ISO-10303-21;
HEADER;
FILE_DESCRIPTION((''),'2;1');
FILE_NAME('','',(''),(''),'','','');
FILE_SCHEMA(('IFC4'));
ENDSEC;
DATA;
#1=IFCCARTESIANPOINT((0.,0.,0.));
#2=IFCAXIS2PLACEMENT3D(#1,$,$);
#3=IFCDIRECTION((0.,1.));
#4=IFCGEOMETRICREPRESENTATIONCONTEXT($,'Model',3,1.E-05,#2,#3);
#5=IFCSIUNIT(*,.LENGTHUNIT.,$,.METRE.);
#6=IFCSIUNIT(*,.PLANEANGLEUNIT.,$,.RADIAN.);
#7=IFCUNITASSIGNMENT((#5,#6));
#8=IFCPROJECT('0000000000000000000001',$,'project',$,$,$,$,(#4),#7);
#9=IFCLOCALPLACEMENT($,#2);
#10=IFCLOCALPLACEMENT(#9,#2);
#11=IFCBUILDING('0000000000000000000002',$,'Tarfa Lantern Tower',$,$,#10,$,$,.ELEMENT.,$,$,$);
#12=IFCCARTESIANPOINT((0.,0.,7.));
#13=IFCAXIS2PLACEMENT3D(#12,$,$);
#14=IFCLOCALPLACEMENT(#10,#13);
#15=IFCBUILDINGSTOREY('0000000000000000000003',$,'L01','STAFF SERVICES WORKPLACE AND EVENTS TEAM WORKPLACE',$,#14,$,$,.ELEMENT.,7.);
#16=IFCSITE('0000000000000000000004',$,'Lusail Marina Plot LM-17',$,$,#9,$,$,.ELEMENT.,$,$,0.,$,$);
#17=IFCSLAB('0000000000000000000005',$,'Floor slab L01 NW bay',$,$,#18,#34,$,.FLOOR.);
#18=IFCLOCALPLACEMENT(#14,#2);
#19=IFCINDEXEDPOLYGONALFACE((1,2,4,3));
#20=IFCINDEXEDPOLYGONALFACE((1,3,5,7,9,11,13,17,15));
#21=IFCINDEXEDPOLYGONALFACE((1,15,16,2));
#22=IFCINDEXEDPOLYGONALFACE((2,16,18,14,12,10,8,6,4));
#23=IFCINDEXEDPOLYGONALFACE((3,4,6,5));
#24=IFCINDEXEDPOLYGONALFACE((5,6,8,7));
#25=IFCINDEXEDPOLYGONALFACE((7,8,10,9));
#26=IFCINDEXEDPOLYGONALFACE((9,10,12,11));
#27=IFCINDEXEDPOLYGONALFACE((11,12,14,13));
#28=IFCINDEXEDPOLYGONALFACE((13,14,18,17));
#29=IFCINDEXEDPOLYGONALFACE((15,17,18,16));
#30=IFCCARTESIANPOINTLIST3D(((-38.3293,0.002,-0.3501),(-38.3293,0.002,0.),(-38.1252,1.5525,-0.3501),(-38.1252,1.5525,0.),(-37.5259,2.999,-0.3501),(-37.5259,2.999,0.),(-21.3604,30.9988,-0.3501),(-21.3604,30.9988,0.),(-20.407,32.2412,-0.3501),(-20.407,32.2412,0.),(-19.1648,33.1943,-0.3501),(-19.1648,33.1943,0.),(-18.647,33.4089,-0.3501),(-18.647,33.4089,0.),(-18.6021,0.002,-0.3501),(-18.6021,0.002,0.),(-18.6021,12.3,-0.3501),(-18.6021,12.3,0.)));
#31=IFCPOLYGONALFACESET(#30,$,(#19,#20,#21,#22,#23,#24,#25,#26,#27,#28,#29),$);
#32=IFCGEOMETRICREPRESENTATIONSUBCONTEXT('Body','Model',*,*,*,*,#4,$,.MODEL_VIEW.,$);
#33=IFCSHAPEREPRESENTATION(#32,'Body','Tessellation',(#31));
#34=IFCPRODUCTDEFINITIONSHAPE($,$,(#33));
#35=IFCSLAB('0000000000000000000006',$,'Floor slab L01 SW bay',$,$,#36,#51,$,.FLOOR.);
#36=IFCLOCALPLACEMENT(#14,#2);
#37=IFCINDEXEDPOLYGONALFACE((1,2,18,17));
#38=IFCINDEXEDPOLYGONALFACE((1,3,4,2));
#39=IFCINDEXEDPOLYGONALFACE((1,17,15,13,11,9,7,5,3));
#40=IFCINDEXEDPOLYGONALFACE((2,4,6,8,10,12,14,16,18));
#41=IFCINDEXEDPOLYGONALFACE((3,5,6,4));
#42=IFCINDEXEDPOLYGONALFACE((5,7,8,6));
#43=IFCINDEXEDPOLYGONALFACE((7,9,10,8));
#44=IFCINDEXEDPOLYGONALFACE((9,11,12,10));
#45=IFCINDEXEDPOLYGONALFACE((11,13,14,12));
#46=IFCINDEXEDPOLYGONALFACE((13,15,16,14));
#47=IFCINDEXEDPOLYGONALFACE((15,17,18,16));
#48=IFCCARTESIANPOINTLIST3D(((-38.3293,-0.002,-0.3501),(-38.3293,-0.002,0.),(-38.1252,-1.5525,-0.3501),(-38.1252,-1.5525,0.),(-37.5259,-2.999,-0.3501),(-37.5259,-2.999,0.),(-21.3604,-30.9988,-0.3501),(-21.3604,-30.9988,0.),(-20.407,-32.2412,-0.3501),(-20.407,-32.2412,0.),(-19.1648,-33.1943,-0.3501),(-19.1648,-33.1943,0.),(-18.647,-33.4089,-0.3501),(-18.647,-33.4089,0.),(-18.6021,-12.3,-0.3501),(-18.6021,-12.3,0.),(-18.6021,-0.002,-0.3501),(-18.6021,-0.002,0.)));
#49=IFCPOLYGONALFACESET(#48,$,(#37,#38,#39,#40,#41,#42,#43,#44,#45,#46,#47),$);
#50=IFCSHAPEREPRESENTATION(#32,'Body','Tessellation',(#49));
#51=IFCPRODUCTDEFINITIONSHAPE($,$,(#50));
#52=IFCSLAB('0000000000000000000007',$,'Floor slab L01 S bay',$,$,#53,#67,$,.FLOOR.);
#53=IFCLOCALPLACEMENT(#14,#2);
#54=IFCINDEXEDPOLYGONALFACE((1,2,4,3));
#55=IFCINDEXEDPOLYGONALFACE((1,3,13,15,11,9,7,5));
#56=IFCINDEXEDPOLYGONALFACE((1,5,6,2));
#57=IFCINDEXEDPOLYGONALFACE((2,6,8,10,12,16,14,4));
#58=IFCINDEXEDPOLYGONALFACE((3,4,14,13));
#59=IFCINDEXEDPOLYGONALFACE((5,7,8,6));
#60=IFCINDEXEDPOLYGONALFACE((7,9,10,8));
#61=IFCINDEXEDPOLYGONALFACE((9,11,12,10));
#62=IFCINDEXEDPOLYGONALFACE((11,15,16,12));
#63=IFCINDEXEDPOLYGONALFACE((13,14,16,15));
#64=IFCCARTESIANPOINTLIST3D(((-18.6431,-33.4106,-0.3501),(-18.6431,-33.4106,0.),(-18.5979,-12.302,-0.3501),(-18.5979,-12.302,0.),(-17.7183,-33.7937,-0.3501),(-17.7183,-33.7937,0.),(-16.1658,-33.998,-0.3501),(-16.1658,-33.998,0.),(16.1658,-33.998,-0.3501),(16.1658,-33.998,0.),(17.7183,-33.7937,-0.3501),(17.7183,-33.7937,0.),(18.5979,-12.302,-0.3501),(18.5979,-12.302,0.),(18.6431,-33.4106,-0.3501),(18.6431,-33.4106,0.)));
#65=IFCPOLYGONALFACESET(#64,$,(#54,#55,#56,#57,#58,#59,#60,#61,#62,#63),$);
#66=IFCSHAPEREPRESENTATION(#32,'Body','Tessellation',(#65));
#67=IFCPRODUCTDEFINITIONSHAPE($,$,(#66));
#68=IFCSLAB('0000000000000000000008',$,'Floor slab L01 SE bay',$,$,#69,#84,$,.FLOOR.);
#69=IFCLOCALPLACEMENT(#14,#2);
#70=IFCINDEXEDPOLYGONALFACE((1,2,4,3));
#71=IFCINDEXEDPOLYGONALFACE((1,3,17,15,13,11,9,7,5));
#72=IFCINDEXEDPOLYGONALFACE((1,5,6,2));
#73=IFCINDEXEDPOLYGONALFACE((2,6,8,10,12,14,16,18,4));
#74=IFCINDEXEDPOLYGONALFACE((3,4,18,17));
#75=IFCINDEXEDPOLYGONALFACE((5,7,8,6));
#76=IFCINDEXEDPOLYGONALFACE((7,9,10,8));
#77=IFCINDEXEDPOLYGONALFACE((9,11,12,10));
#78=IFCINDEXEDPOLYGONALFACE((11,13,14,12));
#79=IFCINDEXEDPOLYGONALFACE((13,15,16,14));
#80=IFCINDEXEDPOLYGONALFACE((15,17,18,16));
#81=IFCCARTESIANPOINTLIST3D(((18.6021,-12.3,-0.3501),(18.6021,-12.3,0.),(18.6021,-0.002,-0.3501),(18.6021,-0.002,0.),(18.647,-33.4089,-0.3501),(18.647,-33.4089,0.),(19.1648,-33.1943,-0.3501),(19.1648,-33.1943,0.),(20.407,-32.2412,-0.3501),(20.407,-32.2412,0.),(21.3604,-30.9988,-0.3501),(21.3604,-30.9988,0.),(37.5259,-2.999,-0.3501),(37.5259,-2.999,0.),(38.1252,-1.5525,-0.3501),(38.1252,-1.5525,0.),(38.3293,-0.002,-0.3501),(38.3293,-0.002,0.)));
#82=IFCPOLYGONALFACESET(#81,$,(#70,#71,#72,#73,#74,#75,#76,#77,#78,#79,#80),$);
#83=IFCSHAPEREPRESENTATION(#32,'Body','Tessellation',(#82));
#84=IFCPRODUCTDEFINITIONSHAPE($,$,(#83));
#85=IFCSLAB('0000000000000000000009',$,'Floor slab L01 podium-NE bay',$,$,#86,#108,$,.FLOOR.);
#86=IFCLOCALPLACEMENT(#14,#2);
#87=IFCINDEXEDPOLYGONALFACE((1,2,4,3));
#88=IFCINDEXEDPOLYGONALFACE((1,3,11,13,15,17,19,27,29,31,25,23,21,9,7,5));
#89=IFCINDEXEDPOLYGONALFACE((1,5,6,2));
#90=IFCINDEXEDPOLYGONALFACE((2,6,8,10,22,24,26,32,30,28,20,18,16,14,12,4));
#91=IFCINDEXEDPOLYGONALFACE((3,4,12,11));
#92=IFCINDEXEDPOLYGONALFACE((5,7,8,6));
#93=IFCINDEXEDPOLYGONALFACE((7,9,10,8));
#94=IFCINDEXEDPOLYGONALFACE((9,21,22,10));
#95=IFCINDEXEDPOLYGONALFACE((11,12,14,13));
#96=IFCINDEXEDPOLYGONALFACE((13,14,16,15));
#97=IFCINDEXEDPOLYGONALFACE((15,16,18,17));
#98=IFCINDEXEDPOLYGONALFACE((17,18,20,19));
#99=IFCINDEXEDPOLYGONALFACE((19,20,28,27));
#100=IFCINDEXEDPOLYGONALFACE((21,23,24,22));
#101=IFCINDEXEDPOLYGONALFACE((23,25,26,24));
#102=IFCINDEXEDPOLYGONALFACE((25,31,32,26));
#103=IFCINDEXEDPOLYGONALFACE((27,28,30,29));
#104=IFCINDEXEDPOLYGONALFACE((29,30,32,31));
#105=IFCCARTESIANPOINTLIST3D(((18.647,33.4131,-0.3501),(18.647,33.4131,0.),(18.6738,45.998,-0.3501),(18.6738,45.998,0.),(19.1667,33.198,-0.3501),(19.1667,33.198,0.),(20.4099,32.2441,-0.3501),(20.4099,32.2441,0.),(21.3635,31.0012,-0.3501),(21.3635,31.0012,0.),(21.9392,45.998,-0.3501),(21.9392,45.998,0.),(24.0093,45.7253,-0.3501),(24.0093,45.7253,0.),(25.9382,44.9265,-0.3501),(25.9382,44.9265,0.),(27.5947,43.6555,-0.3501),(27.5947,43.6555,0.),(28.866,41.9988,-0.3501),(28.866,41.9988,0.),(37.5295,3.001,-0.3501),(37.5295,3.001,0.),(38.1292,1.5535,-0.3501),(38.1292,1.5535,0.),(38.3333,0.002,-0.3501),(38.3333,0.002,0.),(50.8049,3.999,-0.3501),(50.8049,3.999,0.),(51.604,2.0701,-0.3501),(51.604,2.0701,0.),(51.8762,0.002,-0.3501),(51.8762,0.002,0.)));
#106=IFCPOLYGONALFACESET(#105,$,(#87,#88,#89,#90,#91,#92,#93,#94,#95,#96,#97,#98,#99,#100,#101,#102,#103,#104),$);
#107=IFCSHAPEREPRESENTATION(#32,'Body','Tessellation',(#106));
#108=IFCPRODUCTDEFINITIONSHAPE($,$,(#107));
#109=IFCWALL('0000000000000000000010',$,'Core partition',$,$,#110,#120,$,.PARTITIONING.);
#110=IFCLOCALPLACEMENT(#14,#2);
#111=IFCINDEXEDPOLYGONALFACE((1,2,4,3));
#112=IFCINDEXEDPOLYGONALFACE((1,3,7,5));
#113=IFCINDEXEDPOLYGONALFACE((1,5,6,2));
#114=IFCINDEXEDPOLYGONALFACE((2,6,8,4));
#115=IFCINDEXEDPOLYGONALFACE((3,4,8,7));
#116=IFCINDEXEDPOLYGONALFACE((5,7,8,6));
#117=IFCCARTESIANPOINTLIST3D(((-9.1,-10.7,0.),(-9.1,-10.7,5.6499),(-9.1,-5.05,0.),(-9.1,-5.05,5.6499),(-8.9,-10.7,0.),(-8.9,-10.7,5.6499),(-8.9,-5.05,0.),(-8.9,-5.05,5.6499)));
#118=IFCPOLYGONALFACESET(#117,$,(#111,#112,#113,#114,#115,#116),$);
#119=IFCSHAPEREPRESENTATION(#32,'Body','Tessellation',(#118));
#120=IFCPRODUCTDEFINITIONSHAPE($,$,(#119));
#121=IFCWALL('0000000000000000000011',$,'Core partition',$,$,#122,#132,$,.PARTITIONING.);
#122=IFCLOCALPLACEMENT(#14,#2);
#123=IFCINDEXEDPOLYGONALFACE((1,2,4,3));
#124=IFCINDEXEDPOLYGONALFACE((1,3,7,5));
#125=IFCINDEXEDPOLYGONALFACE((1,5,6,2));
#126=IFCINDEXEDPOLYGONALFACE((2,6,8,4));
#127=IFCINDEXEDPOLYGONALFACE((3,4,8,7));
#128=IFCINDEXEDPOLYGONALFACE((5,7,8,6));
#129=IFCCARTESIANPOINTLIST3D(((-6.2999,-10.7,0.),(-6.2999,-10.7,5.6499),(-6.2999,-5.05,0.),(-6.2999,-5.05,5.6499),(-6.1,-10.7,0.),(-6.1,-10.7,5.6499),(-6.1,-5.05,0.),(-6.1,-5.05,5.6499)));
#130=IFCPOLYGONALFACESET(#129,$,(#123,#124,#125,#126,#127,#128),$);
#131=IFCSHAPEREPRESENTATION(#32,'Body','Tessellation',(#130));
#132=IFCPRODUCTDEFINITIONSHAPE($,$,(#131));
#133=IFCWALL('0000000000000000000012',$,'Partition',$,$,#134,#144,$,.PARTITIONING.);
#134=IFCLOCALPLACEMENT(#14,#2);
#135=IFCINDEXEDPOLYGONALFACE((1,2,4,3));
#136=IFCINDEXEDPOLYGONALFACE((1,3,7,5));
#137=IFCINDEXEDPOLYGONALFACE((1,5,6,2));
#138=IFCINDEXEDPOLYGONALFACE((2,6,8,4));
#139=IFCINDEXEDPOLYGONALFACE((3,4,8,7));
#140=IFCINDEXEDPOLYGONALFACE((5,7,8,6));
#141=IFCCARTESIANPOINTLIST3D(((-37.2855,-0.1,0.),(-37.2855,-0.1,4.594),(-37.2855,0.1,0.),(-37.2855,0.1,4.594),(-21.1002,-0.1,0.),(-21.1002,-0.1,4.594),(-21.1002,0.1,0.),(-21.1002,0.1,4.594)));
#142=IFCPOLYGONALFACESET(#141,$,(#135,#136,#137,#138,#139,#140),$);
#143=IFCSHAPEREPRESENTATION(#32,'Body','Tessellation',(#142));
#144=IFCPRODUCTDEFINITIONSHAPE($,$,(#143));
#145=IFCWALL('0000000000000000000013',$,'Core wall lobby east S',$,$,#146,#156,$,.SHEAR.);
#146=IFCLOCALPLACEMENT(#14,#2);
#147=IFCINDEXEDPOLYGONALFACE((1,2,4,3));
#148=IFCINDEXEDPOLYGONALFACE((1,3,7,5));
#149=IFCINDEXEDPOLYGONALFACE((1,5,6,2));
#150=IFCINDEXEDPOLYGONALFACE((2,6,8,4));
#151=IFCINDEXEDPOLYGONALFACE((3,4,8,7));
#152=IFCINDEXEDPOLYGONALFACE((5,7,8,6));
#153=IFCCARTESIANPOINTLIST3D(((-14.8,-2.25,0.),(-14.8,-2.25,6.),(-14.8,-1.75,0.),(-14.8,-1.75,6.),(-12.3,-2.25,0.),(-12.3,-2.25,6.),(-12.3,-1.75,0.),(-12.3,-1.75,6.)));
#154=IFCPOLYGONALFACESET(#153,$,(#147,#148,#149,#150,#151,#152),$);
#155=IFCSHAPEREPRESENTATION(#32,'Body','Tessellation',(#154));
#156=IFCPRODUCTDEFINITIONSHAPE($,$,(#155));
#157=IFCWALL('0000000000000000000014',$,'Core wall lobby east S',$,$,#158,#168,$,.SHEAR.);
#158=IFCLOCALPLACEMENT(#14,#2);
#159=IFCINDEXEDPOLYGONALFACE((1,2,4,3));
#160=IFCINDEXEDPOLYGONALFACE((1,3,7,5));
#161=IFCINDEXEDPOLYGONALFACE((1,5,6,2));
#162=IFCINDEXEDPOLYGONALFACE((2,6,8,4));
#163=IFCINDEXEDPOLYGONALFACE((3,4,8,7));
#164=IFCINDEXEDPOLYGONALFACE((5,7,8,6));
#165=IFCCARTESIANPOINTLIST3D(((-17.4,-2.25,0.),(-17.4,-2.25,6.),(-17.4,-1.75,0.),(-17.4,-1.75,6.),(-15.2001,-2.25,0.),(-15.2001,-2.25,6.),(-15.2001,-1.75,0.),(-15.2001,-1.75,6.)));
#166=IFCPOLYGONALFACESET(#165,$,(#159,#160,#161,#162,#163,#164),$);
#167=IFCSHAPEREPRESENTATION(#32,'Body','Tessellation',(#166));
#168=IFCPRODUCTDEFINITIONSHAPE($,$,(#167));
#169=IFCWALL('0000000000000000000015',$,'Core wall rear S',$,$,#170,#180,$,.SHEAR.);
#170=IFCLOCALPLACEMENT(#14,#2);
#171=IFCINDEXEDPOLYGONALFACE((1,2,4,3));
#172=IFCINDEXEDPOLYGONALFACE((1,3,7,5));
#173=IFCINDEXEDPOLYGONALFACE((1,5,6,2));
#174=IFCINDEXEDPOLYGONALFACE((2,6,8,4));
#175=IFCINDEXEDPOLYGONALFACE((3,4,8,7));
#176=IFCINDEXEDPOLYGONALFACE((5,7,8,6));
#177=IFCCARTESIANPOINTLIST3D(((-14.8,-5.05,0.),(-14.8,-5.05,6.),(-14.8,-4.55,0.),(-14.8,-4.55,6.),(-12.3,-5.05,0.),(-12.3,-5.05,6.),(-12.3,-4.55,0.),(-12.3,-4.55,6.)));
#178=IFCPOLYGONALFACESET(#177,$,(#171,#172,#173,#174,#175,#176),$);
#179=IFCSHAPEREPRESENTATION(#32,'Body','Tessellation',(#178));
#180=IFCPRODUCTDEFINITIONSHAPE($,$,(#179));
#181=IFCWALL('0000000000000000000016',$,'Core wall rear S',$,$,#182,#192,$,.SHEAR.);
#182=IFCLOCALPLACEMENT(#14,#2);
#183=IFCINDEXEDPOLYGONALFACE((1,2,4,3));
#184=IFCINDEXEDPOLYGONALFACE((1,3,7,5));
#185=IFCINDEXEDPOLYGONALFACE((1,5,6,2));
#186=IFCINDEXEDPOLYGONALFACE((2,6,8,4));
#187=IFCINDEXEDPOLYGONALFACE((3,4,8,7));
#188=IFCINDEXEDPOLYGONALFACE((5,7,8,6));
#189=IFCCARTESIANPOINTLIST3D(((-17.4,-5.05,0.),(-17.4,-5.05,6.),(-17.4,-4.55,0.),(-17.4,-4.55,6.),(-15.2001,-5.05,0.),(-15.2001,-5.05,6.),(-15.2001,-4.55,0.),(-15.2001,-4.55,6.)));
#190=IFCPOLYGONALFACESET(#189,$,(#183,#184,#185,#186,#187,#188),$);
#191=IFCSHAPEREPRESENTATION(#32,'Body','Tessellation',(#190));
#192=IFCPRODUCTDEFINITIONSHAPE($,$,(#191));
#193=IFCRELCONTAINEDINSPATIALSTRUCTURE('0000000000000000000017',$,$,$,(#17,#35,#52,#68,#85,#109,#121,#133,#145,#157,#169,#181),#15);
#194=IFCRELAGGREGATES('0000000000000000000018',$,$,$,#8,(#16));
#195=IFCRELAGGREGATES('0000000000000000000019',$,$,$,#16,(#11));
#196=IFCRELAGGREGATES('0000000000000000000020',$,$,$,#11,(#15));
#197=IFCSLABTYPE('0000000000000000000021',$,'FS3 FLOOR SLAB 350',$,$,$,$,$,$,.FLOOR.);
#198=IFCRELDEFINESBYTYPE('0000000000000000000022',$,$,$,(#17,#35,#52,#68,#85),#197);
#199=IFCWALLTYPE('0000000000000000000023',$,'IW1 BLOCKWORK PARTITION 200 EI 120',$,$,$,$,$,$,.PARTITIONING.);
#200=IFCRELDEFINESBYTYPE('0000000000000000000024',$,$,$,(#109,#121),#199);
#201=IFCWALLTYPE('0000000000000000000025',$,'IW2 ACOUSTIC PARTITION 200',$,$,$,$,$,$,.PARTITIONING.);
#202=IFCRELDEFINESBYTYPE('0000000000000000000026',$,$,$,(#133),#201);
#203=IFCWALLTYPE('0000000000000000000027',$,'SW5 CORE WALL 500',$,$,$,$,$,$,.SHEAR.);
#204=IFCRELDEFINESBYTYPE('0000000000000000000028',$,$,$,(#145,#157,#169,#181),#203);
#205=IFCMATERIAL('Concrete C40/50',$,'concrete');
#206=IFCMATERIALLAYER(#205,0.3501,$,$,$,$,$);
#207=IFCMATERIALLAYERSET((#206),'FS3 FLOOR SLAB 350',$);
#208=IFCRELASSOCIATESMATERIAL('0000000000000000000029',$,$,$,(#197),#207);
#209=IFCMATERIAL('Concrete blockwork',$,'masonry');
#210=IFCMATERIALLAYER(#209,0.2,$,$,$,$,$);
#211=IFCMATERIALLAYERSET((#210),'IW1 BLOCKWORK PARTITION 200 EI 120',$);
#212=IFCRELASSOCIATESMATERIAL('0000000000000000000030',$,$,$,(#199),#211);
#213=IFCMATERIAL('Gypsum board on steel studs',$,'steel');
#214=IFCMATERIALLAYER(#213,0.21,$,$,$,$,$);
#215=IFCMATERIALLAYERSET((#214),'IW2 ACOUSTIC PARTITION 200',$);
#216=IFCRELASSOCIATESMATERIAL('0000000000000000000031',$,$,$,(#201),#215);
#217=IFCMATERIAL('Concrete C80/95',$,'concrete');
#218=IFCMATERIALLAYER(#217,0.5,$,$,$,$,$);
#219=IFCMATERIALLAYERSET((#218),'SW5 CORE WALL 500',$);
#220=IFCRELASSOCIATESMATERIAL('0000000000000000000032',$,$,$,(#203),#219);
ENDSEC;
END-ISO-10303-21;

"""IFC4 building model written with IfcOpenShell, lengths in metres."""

from ifc_helpers import new_model, si_unit, direction, frame, frame_2d, origin, place, context, subcontext, project, spatial, polyline, rectangle, outline, extrude, material, layer, layer_set, type_object, element, save


model = new_model("IFC4")

# Units and contexts
model_context = context("Model", 3, precision=1e-05, world=origin(), true_north=direction((0.0, 1.0)))
body_context = subcontext(model_context, "Body", "Model", "MODEL_VIEW")
ifc_project = project(units=[si_unit("LENGTHUNIT", "METRE"), si_unit("PLANEANGLEUNIT", "RADIAN")], contexts=[model_context])

# Site, building, storey
site_placement = place(None, origin())
site = spatial("IfcSite", under=ifc_project, at=site_placement, Name="Lusail Marina Plot LM-17", CompositionType="ELEMENT", RefElevation=0.0)
building_placement = place(site_placement, origin())
building = spatial("IfcBuilding", under=site, at=building_placement, Name="Tarfa Lantern Tower", CompositionType="ELEMENT")
storey_placement = place(building_placement, frame((0.0, 0.0, 7.0)))
storey = spatial("IfcBuildingStorey", under=building, at=storey_placement, Name="L01", Description="STAFF SERVICES WORKPLACE AND EVENTS TEAM WORKPLACE", CompositionType="ELEMENT", Elevation=7.0)

# Slabs
ifc_material_1 = material(Name="Concrete C40/50", Category="concrete")
ifc_layer_1 = layer(ifc_material_1, 0.3501)
ifc_layer_set_1 = layer_set([ifc_layer_1], Name="FS3 FLOOR SLAB 350")
slab_type = type_object("IfcSlabType", Name="FS3 FLOOR SLAB 350", PredefinedType="FLOOR", material=ifc_layer_set_1)
slab_1_placement = place(storey_placement, frame((0.0, 0.0, -0.3501)))
element("IfcSlab", 1, at=slab_1_placement, inside=storey, type_object=slab_type, Name="Floor slab L01 NW bay", PredefinedType="FLOOR", context=body_context, shape_type="SweptSolid", body=[
    extrude(outline(polyline([(-18.6021, 0.002), (-18.6021, 12.3), (-18.647, 33.4089), (-19.1648, 33.1943), (-20.407, 32.2412), (-21.3604, 30.9988), (-37.5259, 2.999), (-38.1252, 1.5525), (-38.3293, 0.002), (-18.6021, 0.002)])), origin(), (0.0, 0.0, 1.0), 0.3501),
])
slab_2_placement = place(storey_placement, frame((0.0, 0.0, -0.3501)))
element("IfcSlab", 2, at=slab_2_placement, inside=storey, type_object=slab_type, Name="Floor slab L01 SW bay", PredefinedType="FLOOR", context=body_context, shape_type="SweptSolid", body=[
    extrude(outline(polyline([(-18.6021, -12.3), (-18.6021, -0.002), (-38.3293, -0.002), (-38.1252, -1.5525), (-37.5259, -2.999), (-21.3604, -30.9988), (-20.407, -32.2412), (-19.1648, -33.1943), (-18.647, -33.4089), (-18.6021, -12.3)])), origin(), (0.0, 0.0, 1.0), 0.3501),
])
slab_3_placement = place(storey_placement, frame((0.0, 0.0, -0.3501)))
element("IfcSlab", 3, at=slab_3_placement, inside=storey, type_object=slab_type, Name="Floor slab L01 S bay", PredefinedType="FLOOR", context=body_context, shape_type="SweptSolid", body=[
    extrude(outline(polyline([(18.5979, -12.302), (-18.5979, -12.302), (-18.6431, -33.4106), (-17.7183, -33.7937), (-16.1658, -33.998), (16.1658, -33.998), (17.7183, -33.7937), (18.6431, -33.4106), (18.5979, -12.302)])), origin(), (0.0, 0.0, 1.0), 0.3501),
])
slab_4_placement = place(storey_placement, frame((0.0, 0.0, -0.3501)))
element("IfcSlab", 4, at=slab_4_placement, inside=storey, type_object=slab_type, Name="Floor slab L01 SE bay", PredefinedType="FLOOR", context=body_context, shape_type="SweptSolid", body=[
    extrude(outline(polyline([(18.6021, -0.002), (18.6021, -12.3), (18.647, -33.4089), (19.1648, -33.1943), (20.407, -32.2412), (21.3604, -30.9988), (37.5259, -2.999), (38.1252, -1.5525), (38.3293, -0.002), (18.6021, -0.002)])), origin(), (0.0, 0.0, 1.0), 0.3501),
])
slab_5_placement = place(storey_placement, frame((0.0, 0.0, -0.3501)))
element("IfcSlab", 5, at=slab_5_placement, inside=storey, type_object=slab_type, Name="Floor slab L01 podium-NE bay", PredefinedType="FLOOR", context=body_context, shape_type="SweptSolid", body=[
    extrude(outline(polyline([(50.8049, 3.999), (28.866, 41.9988), (27.5947, 43.6555), (25.9382, 44.9265), (24.0093, 45.7253), (21.9392, 45.998), (18.6738, 45.998), (18.647, 33.4131), (19.1667, 33.198), (20.4099, 32.2441), (21.3635, 31.0012), (37.5295, 3.001), (38.1292, 1.5535), (38.3333, 0.002), (51.8762, 0.002), (51.604, 2.0701), (50.8049, 3.999)])), origin(), (0.0, 0.0, 1.0), 0.3501),
])

# Walls
ifc_material_2 = material(Name="Concrete blockwork", Category="masonry")
ifc_layer_2 = layer(ifc_material_2, 0.2)
ifc_layer_set_2 = layer_set([ifc_layer_2], Name="IW1 BLOCKWORK PARTITION 200 EI 120")
wall_type_1 = type_object("IfcWallType", Name="IW1 BLOCKWORK PARTITION 200 EI 120", PredefinedType="PARTITIONING", material=ifc_layer_set_2)
for number, where, z_axis, x_axis, name in (
    (6, (-9.0, -5.05, 0.0), (0.0, 0.0, 1.0), (0.0, -1.0, 0.0), "Core partition"),
    (7, (-6.2, -5.05, 0.0), (0.0, 0.0, 1.0), (0.0, -1.0, 0.0), "Core partition"),
):
    element("IfcWall", number, at=place(storey_placement, frame(where, z_axis=z_axis, x_axis=x_axis)), inside=storey, type_object=wall_type_1, Name=name, PredefinedType="PARTITIONING", context=body_context, shape_type="SweptSolid", body=[
        extrude(rectangle(XDim=5.6499, YDim=0.2, at=frame_2d((2.825, 0.0))), origin(), (0.0, 0.0, 1.0), 5.6499),
    ])
ifc_material_3 = material(Name="Gypsum board on steel studs", Category="steel")
ifc_layer_3 = layer(ifc_material_3, 0.21)
ifc_layer_set_3 = layer_set([ifc_layer_3], Name="IW2 ACOUSTIC PARTITION 200")
wall_type_2 = type_object("IfcWallType", Name="IW2 ACOUSTIC PARTITION 200", PredefinedType="PARTITIONING", material=ifc_layer_set_3)
wall_1_placement = place(storey_placement, frame((-21.1001, 0.0, 0.0), z_axis=(0.0, 0.0, 1.0), x_axis=(-1.0, 0.0, 0.0)))
element("IfcWall", 8, at=wall_1_placement, inside=storey, type_object=wall_type_2, Name="Partition", PredefinedType="PARTITIONING", context=body_context, shape_type="SweptSolid", body=[
    extrude(rectangle(XDim=16.1853, YDim=0.2, at=frame_2d((8.0928, 0.0))), origin(), (0.0, 0.0, 1.0), 4.594),
])
ifc_material_4 = material(Name="Concrete C80/95", Category="concrete")
ifc_layer_4 = layer(ifc_material_4, 0.5)
ifc_layer_set_4 = layer_set([ifc_layer_4], Name="SW5 CORE WALL 500")
wall_type_3 = type_object("IfcWallType", Name="SW5 CORE WALL 500", PredefinedType="SHEAR", material=ifc_layer_set_4)
wall_2_placement = place(storey_placement, frame((-12.3, -2.0, 0.0), z_axis=(0.0, 0.0, 1.0), x_axis=(-1.0, 0.0, 0.0)))
element("IfcWall", 9, at=wall_2_placement, inside=storey, type_object=wall_type_3, Name="Core wall lobby east S", PredefinedType="SHEAR", context=body_context, shape_type="SweptSolid", body=[
    extrude(rectangle(XDim=2.5, YDim=0.5, at=frame_2d((1.25, 0.0))), origin(), (0.0, 0.0, 1.0), 6.0),
])
wall_3_placement = place(storey_placement, frame((-15.2, -2.0, 0.0), z_axis=(0.0, 0.0, 1.0), x_axis=(-1.0, 0.0, 0.0)))
element("IfcWall", 10, at=wall_3_placement, inside=storey, type_object=wall_type_3, Name="Core wall lobby east S", PredefinedType="SHEAR", context=body_context, shape_type="SweptSolid", body=[
    extrude(rectangle(XDim=2.2, YDim=0.5, at=frame_2d((1.1001, 0.0))), origin(), (0.0, 0.0, 1.0), 6.0),
])
wall_4_placement = place(storey_placement, frame((-12.3, -4.8, 0.0), z_axis=(0.0, 0.0, 1.0), x_axis=(-1.0, 0.0, 0.0)))
element("IfcWall", 11, at=wall_4_placement, inside=storey, type_object=wall_type_3, Name="Core wall rear S", PredefinedType="SHEAR", context=body_context, shape_type="SweptSolid", body=[
    extrude(rectangle(XDim=2.5, YDim=0.5, at=frame_2d((1.25, 0.0))), origin(), (0.0, 0.0, 1.0), 6.0),
])
wall_5_placement = place(storey_placement, frame((-15.2, -4.8, 0.0), z_axis=(0.0, 0.0, 1.0), x_axis=(-1.0, 0.0, 0.0)))
element("IfcWall", 12, at=wall_5_placement, inside=storey, type_object=wall_type_3, Name="Core wall rear S", PredefinedType="SHEAR", context=body_context, shape_type="SweptSolid", body=[
    extrude(rectangle(XDim=2.2, YDim=0.5, at=frame_2d((1.1001, 0.0))), origin(), (0.0, 0.0, 1.0), 6.0),
])

save(model, "model.ifc")
